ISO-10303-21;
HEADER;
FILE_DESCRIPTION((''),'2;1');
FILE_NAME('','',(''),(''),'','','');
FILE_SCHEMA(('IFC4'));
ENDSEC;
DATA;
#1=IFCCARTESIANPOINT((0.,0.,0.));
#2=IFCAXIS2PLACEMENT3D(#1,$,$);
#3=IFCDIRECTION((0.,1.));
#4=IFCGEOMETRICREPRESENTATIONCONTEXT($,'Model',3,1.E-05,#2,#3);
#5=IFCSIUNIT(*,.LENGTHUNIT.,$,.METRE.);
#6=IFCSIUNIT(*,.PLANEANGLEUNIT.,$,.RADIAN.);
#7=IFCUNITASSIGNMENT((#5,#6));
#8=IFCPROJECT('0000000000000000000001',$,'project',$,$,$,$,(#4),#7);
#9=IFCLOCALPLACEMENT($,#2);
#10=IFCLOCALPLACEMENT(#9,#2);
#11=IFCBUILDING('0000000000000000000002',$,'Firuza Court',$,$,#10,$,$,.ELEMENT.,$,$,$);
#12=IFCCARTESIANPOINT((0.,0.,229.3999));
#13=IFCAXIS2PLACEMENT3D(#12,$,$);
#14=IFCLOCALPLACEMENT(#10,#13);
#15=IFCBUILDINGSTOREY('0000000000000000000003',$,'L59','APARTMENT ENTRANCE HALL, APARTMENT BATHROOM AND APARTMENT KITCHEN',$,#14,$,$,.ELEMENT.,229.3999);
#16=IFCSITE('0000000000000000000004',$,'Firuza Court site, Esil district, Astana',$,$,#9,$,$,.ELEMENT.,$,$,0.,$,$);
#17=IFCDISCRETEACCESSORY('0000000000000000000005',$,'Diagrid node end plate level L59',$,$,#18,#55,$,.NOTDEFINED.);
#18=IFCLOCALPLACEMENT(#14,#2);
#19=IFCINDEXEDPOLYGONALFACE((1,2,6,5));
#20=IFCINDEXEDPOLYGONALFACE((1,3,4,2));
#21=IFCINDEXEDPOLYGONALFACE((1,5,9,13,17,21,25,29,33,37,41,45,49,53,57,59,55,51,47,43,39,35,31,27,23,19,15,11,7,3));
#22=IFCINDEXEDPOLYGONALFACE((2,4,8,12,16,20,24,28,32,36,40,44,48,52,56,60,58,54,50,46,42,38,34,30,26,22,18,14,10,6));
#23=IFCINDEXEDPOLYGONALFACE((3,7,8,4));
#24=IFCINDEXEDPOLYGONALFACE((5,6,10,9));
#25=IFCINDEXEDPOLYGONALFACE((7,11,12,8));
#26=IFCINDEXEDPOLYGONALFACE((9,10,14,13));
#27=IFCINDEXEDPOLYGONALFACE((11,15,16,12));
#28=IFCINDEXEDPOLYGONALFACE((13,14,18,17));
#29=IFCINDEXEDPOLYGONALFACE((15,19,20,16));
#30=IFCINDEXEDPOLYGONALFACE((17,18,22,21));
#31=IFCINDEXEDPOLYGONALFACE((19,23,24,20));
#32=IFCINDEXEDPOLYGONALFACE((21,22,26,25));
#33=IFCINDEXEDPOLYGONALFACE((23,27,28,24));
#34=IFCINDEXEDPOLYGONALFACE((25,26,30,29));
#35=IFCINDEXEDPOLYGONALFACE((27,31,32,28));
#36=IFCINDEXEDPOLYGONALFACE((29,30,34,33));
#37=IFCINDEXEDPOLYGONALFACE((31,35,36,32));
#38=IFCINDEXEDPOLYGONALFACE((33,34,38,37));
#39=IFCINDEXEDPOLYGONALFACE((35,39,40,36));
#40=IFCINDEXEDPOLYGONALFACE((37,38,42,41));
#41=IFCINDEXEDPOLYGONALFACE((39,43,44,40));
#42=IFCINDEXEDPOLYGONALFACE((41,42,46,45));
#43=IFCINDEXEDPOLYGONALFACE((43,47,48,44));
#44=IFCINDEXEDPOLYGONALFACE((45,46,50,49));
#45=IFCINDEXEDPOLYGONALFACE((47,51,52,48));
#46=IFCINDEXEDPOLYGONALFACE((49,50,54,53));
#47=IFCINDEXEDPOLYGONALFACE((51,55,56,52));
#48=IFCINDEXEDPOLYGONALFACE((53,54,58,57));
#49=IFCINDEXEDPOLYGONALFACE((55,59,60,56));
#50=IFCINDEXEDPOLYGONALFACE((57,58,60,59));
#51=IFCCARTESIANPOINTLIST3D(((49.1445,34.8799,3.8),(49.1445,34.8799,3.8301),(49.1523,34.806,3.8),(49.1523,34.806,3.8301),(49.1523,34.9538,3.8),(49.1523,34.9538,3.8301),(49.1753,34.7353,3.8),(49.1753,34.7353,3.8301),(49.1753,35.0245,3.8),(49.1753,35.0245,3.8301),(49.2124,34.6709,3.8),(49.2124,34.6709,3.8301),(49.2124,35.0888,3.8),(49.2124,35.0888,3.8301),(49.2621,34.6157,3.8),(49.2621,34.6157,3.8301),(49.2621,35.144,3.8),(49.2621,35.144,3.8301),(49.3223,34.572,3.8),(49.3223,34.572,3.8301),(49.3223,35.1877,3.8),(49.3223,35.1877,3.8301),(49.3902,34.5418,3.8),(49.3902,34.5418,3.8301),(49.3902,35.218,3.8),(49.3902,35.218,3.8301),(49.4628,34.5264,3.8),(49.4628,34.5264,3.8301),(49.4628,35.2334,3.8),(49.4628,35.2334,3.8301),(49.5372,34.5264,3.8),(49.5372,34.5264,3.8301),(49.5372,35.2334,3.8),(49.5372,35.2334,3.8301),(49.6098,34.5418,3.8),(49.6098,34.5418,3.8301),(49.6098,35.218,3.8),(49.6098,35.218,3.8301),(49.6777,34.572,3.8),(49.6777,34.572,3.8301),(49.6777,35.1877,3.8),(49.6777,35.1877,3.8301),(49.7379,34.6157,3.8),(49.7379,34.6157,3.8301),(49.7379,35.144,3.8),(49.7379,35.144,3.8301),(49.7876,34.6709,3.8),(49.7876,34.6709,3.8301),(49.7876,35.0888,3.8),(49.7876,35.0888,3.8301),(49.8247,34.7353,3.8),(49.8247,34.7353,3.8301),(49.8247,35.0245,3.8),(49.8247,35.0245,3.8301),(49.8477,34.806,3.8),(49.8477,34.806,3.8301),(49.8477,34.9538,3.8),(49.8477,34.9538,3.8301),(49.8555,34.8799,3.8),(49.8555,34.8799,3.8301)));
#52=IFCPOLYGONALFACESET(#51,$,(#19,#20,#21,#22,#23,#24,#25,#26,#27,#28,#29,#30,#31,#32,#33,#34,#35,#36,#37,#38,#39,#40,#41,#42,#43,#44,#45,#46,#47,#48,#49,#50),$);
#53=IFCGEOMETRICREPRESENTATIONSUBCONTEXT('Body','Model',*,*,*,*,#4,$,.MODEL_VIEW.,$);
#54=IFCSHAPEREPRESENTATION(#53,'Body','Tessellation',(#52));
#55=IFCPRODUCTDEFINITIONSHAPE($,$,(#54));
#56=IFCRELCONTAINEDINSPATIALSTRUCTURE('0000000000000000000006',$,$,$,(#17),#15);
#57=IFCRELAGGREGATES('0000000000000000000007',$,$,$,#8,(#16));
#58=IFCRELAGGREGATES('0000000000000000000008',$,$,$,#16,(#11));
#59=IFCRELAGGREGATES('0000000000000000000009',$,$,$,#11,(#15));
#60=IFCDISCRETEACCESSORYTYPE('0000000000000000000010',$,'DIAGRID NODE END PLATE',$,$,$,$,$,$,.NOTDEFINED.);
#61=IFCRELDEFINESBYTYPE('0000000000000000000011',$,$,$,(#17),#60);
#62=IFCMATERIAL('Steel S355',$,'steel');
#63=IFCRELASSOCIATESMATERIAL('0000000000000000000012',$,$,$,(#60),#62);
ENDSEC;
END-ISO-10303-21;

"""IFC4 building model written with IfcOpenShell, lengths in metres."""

from ifc_helpers import new_model, si_unit, direction, frame, origin, origin_2d, place, context, subcontext, project, spatial, circle, extrude, material, material_profile, profile_set, type_object, element, save


model = new_model("IFC4")

# Units and contexts
model_context = context("Model", 3, precision=1e-05, world=origin(), true_north=direction((0.0, 1.0)))
body_context = subcontext(model_context, "Body", "Model", "MODEL_VIEW")
ifc_project = project(units=[si_unit("LENGTHUNIT", "METRE"), si_unit("PLANEANGLEUNIT", "RADIAN")], contexts=[model_context])

# Site, building, storey
site_placement = place(None, origin())
site = spatial("IfcSite", under=ifc_project, at=site_placement, Name="Firuza Court site, Esil district, Astana", CompositionType="ELEMENT", RefElevation=0.0)
building_placement = place(site_placement, origin())
building = spatial("IfcBuilding", under=site, at=building_placement, Name="Firuza Court", CompositionType="ELEMENT")
storey_placement = place(building_placement, frame((0.0, 0.0, 229.3999)))
storey = spatial("IfcBuildingStorey", under=building, at=storey_placement, Name="L59", Description="APARTMENT ENTRANCE HALL, APARTMENT BATHROOM AND APARTMENT KITCHEN", CompositionType="ELEMENT", Elevation=229.3999)

# Discrete accessory
ifc_material_1 = material(Name="Steel S355", Category="steel")
ifc_material_profile_1 = material_profile(ifc_material_1, circle(Radius=0.3555, at=origin_2d()), Name="PL D711")
ifc_profile_set_1 = profile_set([ifc_material_profile_1], Name="Steel S355")
discrete_accessory_type = type_object("IfcDiscreteAccessoryType", Name="DIAGRID NODE END PLATE", PredefinedType="NOTDEFINED", material=ifc_profile_set_1)
discrete_accessory_placement = place(storey_placement, frame((49.5, 34.8799, 3.8), z_axis=(0.0, 0.0, 1.0), x_axis=(1.0, 0.0, 0.0)))
element("IfcDiscreteAccessory", 1, at=discrete_accessory_placement, inside=storey, type_object=discrete_accessory_type, Name="Diagrid node end plate level L59", PredefinedType="NOTDEFINED", context=body_context, shape_type="SweptSolid", body=[
    extrude(circle(Radius=0.3555, at=origin_2d()), origin(), (0.0, 0.0, 1.0), 0.03),
])

save(model, "model.ifc")
